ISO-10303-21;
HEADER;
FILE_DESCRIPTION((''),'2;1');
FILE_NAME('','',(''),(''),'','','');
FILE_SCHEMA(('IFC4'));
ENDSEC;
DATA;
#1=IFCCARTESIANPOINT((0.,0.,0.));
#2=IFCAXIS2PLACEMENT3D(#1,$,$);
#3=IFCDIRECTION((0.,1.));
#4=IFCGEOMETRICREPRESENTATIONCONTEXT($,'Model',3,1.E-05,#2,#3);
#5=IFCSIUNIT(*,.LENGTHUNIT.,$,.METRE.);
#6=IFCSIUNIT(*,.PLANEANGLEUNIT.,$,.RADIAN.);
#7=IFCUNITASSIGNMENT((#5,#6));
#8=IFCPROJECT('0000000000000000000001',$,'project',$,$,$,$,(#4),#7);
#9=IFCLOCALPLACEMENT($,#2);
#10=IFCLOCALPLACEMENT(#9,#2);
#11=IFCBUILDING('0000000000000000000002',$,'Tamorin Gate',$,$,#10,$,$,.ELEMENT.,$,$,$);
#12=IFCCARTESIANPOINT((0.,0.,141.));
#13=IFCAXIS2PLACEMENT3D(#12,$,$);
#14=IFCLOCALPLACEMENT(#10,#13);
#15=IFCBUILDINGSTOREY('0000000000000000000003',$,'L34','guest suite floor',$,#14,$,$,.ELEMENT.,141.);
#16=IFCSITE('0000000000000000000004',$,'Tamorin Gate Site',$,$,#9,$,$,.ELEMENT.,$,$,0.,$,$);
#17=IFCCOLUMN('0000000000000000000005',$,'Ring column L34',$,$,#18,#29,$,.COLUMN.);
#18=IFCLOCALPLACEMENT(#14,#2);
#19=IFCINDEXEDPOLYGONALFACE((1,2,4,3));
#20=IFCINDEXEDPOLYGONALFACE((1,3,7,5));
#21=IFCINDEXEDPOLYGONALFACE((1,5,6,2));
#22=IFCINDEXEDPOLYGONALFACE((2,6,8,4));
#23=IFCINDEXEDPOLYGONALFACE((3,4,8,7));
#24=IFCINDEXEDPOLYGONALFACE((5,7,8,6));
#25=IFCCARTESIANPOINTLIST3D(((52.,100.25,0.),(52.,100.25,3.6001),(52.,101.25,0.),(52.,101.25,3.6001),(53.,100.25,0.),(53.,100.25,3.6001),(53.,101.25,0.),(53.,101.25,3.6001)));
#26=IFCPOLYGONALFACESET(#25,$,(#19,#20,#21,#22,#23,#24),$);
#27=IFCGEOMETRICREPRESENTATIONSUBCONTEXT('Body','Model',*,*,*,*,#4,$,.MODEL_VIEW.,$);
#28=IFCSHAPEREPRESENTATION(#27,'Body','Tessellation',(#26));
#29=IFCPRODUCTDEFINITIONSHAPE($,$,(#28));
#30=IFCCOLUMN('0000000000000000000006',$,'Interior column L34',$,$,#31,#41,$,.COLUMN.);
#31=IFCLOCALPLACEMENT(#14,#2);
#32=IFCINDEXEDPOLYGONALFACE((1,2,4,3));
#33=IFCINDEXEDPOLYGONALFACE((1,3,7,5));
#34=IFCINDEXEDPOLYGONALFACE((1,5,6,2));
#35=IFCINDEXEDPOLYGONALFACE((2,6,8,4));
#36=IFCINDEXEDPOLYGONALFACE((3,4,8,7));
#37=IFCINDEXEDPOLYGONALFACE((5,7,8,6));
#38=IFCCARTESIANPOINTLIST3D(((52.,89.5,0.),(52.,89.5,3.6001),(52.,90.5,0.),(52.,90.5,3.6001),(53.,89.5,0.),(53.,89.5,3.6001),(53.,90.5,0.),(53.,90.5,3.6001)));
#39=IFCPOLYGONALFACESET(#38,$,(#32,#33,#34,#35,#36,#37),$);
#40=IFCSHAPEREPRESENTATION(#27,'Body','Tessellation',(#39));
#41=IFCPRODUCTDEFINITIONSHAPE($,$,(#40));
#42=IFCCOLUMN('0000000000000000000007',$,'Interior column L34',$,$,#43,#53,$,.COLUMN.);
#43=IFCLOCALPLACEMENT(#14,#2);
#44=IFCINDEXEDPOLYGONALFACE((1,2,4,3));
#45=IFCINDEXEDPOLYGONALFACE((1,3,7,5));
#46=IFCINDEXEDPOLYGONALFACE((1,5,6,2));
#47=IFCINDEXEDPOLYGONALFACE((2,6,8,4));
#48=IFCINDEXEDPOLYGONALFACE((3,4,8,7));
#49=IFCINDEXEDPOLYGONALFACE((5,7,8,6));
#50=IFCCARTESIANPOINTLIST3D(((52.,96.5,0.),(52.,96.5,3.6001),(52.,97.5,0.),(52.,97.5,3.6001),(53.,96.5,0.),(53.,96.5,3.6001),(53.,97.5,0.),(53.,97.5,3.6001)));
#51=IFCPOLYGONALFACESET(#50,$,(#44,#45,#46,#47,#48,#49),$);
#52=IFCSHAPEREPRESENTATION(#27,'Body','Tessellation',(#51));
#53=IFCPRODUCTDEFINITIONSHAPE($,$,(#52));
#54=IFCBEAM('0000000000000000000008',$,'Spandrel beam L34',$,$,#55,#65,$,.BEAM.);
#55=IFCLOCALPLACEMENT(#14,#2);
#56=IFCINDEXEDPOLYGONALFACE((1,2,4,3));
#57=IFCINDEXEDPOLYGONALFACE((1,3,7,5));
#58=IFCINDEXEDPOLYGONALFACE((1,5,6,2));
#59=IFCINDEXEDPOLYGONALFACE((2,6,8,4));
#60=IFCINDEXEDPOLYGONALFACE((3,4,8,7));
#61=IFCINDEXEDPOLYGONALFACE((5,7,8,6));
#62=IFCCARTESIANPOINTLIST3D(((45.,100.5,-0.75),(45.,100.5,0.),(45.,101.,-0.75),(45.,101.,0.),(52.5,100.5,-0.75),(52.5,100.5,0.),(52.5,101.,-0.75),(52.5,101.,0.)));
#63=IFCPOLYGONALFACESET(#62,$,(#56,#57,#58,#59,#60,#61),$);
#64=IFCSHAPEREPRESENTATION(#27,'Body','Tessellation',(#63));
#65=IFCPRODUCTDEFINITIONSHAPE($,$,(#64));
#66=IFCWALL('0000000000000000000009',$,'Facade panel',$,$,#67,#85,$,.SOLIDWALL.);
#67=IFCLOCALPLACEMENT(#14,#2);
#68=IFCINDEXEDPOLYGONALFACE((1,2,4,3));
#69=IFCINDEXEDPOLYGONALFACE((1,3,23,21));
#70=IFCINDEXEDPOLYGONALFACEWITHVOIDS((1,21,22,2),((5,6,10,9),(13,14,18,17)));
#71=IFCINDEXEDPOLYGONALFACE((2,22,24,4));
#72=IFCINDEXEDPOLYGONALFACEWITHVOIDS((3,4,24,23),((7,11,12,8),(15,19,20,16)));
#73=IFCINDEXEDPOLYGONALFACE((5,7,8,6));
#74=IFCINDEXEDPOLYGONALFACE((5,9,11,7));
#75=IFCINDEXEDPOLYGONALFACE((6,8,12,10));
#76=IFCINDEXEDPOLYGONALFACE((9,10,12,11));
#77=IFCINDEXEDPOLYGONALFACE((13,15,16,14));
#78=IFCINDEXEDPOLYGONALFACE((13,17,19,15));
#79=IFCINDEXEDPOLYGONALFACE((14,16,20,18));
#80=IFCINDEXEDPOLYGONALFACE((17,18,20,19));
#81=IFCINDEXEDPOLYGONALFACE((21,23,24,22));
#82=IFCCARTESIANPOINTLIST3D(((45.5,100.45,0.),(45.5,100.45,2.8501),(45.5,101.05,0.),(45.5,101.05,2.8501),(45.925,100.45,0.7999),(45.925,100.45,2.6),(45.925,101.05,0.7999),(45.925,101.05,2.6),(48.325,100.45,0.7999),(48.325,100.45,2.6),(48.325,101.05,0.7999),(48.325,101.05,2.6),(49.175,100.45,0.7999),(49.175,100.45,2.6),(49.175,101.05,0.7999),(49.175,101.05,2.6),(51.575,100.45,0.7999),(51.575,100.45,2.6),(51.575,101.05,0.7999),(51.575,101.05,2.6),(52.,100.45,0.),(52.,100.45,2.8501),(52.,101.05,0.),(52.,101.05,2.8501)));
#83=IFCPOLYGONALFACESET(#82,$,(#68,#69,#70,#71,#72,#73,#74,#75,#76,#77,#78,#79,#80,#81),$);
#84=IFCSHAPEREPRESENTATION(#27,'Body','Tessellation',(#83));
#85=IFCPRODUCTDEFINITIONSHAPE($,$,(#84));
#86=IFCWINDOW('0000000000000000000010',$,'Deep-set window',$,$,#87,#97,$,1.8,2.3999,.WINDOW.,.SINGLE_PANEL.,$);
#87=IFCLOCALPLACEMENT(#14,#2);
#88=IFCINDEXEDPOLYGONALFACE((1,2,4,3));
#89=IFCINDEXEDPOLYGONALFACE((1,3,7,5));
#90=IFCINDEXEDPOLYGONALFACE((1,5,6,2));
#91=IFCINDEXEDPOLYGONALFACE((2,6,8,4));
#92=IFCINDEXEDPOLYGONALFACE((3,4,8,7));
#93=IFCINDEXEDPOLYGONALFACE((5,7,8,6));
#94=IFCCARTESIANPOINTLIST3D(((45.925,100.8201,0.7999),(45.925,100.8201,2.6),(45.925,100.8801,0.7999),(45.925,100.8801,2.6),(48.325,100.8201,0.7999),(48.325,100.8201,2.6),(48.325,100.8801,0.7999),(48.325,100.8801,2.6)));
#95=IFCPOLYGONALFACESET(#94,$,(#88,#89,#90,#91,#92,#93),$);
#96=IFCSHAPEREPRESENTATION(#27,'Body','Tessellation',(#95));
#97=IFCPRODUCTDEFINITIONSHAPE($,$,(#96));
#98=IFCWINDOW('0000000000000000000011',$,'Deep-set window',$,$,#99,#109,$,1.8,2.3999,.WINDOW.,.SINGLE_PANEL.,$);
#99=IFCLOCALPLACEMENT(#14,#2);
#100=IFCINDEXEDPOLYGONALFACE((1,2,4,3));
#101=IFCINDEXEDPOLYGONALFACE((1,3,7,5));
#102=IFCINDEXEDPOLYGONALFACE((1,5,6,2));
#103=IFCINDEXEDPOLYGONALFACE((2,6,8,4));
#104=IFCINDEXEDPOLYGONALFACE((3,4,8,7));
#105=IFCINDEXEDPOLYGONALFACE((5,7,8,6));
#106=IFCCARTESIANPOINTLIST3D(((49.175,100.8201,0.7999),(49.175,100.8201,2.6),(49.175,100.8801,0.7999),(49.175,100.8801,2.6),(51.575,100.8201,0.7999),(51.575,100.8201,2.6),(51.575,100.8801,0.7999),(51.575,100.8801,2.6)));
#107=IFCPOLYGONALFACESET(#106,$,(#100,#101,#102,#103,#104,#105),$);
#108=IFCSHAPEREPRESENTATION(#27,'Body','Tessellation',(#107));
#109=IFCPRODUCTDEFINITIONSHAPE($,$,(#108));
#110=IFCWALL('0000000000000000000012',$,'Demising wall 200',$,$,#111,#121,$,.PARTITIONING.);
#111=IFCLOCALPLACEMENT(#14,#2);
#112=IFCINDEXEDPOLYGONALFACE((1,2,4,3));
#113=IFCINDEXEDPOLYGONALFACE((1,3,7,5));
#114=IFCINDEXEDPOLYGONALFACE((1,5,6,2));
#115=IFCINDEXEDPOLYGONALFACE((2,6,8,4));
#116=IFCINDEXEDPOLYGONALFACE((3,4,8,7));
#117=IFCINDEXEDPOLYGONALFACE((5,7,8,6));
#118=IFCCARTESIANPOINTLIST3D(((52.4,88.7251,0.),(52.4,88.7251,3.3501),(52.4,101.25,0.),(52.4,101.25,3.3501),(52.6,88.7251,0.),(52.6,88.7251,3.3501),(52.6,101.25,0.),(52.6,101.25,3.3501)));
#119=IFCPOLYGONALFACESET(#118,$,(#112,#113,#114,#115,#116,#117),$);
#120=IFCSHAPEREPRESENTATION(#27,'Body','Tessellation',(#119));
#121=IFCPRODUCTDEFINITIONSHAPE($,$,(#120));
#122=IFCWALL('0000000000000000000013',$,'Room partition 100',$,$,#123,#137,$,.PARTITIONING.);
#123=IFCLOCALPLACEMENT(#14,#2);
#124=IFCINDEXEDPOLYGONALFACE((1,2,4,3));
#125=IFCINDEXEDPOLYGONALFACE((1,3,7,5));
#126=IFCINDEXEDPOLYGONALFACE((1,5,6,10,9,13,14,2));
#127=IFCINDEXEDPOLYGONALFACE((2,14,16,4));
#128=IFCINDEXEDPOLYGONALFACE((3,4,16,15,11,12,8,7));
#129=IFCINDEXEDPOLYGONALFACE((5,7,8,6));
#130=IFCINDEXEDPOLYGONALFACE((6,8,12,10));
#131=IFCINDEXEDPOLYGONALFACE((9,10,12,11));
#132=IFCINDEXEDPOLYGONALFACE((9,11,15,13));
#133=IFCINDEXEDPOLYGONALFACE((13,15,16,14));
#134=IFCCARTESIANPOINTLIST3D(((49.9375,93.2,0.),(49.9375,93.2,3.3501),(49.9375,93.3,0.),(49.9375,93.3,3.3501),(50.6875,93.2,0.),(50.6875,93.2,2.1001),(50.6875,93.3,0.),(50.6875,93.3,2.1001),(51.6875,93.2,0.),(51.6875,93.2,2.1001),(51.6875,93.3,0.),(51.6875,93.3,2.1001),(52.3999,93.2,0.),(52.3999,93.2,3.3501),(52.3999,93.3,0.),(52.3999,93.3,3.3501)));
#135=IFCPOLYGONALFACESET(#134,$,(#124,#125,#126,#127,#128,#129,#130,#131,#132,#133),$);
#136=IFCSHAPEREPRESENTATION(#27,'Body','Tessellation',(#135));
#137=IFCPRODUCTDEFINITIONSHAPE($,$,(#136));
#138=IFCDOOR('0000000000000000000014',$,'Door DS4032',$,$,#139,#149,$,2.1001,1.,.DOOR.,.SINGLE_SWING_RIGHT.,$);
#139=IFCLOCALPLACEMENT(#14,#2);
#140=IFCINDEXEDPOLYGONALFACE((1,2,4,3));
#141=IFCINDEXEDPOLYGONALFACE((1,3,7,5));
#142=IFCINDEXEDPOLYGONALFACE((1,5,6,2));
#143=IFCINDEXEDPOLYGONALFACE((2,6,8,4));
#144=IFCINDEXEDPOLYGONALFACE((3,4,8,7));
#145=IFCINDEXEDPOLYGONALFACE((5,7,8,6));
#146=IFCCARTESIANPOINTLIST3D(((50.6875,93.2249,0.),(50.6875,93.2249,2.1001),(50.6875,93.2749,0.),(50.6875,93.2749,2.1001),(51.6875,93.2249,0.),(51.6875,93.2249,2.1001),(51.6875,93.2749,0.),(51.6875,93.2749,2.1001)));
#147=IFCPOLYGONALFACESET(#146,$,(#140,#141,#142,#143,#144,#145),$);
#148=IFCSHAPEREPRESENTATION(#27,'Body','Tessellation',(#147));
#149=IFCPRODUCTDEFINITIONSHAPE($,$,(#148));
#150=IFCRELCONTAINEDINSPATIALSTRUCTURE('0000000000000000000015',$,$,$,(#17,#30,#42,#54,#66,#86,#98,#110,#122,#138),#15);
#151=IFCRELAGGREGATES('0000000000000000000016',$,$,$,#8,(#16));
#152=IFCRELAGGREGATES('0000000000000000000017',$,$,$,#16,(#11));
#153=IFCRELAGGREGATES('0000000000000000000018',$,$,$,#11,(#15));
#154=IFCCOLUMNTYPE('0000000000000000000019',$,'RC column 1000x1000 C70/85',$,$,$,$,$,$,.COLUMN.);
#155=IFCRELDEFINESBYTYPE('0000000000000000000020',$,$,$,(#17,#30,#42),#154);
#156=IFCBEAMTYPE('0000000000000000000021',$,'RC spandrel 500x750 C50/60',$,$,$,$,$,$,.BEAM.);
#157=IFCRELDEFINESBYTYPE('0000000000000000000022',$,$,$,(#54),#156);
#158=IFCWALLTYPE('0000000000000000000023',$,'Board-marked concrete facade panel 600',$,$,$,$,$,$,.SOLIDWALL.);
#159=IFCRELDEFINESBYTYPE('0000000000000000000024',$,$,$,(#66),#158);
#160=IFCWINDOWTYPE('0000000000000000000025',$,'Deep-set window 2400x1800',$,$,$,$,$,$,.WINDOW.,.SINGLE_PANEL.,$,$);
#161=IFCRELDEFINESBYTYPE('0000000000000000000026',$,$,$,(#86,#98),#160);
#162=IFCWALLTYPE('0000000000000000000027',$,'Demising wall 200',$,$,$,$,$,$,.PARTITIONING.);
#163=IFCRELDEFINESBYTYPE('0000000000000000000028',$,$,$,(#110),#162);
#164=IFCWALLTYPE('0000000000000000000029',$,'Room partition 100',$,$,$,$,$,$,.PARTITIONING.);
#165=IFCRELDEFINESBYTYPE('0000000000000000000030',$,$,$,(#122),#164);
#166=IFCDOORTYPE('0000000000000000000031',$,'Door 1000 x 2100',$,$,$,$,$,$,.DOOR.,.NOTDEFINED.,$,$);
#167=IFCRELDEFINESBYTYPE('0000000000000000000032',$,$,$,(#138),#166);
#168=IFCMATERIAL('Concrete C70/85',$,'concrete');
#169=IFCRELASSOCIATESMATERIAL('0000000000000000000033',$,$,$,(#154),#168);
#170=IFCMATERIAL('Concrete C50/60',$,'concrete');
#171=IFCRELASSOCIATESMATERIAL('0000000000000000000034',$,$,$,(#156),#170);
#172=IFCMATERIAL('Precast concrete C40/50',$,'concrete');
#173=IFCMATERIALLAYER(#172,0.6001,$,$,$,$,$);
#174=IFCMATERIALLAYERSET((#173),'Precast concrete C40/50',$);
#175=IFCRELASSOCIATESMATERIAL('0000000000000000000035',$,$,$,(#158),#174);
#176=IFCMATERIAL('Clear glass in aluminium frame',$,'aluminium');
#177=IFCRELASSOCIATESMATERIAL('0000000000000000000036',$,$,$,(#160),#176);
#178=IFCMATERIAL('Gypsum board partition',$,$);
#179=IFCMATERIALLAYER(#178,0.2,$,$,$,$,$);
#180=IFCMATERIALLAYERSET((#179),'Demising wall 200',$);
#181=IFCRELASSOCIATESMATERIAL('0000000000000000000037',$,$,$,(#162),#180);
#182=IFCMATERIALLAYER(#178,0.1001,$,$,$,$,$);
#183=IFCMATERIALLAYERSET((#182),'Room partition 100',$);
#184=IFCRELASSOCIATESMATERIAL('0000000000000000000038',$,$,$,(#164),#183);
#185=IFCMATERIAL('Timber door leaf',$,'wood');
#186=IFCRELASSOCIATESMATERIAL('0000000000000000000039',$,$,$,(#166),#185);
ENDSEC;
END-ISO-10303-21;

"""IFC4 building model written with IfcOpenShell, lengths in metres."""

from ifc_helpers import new_model, si_unit, direction, frame, frame_2d, origin, origin_2d, place, context, subcontext, project, spatial, rectangle, extrude, material, layer, layer_set, material_profile, profile_set, type_object, element, fill, save


model = new_model("IFC4")

# Units and contexts
model_context = context("Model", 3, precision=1e-05, world=origin(), true_north=direction((0.0, 1.0)))
body_context = subcontext(model_context, "Body", "Model", "MODEL_VIEW")
ifc_project = project(units=[si_unit("LENGTHUNIT", "METRE"), si_unit("PLANEANGLEUNIT", "RADIAN")], contexts=[model_context])

# Site, building, storey
site_placement = place(None, origin())
site = spatial("IfcSite", under=ifc_project, at=site_placement, Name="Tamorin Gate Site", CompositionType="ELEMENT", RefElevation=0.0)
building_placement = place(site_placement, origin())
building = spatial("IfcBuilding", under=site, at=building_placement, Name="Tamorin Gate", CompositionType="ELEMENT")
storey_placement = place(building_placement, frame((0.0, 0.0, 141.0)))
storey = spatial("IfcBuildingStorey", under=building, at=storey_placement, Name="L34", Description="guest suite floor", CompositionType="ELEMENT", Elevation=141.0)

# Columns
ifc_material_1 = material(Name="Concrete C70/85", Category="concrete")
ifc_material_profile_1 = material_profile(ifc_material_1, rectangle(XDim=1.0, YDim=1.0, at=origin_2d()), Name="RC 1000x1000")
ifc_profile_set_1 = profile_set([ifc_material_profile_1], Name="Concrete C70/85")
column_type = type_object("IfcColumnType", Name="RC column 1000x1000 C70/85", PredefinedType="COLUMN", material=ifc_profile_set_1)
for number, where, z_axis, x_axis, name in (
    (1, (52.5, 100.75, 0.0), (0.0, 0.0, 1.0), (1.0, 0.0, 0.0), "Ring column L34"),
    (2, (52.5, 90.0, 0.0), (0.0, 0.0, 1.0), (1.0, 0.0, 0.0), "Interior column L34"),
    (3, (52.5, 97.0, 0.0), (0.0, 0.0, 1.0), (1.0, 0.0, 0.0), "Interior column L34"),
):
    element("IfcColumn", number, at=place(storey_placement, frame(where, z_axis=z_axis, x_axis=x_axis)), inside=storey, type_object=column_type, Name=name, PredefinedType="COLUMN", context=body_context, shape_type="SweptSolid", body=[
        extrude(rectangle(XDim=1.0, YDim=1.0, at=origin_2d()), origin(), (0.0, 0.0, 1.0), 3.6001),
    ])

# Beam
ifc_material_2 = material(Name="Concrete C50/60", Category="concrete")
ifc_material_profile_2 = material_profile(ifc_material_2, rectangle(XDim=0.5, YDim=0.75, at=origin_2d()), Name="RC 500x750")
ifc_profile_set_2 = profile_set([ifc_material_profile_2], Name="Concrete C50/60")
beam_type = type_object("IfcBeamType", Name="RC spandrel 500x750 C50/60", PredefinedType="BEAM", material=ifc_profile_set_2)
beam_placement = place(storey_placement, frame((52.5, 100.75, -0.375), z_axis=(-1.0, 0.0, 0.0), x_axis=(0.0, -1.0, 0.0)))
element("IfcBeam", 4, at=beam_placement, inside=storey, type_object=beam_type, Name="Spandrel beam L34", PredefinedType="BEAM", context=body_context, shape_type="SweptSolid", body=[
    extrude(rectangle(XDim=0.5, YDim=0.75, at=origin_2d()), origin(), (0.0, 0.0, 1.0), 7.5),
])

# Wall, openings, windows
ifc_material_3 = material(Name="Precast concrete C40/50", Category="concrete")
ifc_layer_1 = layer(ifc_material_3, 0.6001)
ifc_layer_set_1 = layer_set([ifc_layer_1], Name="Precast concrete C40/50")
wall_type_1 = type_object("IfcWallType", Name="Board-marked concrete facade panel 600", PredefinedType="SOLIDWALL", material=ifc_layer_set_1)
wall_1_placement = place(storey_placement, frame((52.0, 100.75, 0.0), z_axis=(0.0, 0.0, 1.0), x_axis=(-1.0, 0.0, 0.0)))
wall_1 = element("IfcWall", 5, at=wall_1_placement, inside=storey, type_object=wall_type_1, Name="Facade panel", PredefinedType="SOLIDWALL", context=body_context, shape_type="SweptSolid", body=[
    extrude(rectangle(XDim=6.5, YDim=0.6001, at=frame_2d((3.25, 0.0))), origin(), (0.0, 0.0, 1.0), 2.8501),
])
opening_1_placement = place(wall_1_placement, frame((3.675, 0.0, 0.8)))
opening_1 = element("IfcOpeningElement", 6, at=opening_1_placement, cuts=wall_1, PredefinedType="OPENING", context=body_context, shape_type="SweptSolid", body=[
    extrude(rectangle(XDim=2.3999, YDim=1.8, at=frame_2d((1.2, 0.8999))), frame((0.0, 0.3101, 0.0), z_axis=(0.0, -1.0, 0.0), x_axis=(1.0, 0.0, 0.0)), (0.0, 0.0, 1.0), 0.6201),
])
opening_2_placement = place(wall_1_placement, frame((0.425, 0.0, 0.8)))
opening_2 = element("IfcOpeningElement", 7, at=opening_2_placement, cuts=wall_1, PredefinedType="OPENING", context=body_context, shape_type="SweptSolid", body=[
    extrude(rectangle(XDim=2.3999, YDim=1.8, at=frame_2d((1.2, 0.8999))), frame((0.0, 0.3101, 0.0), z_axis=(0.0, -1.0, 0.0), x_axis=(1.0, 0.0, 0.0)), (0.0, 0.0, 1.0), 0.6201),
])
ifc_material_4 = material(Name="Clear glass in aluminium frame", Category="aluminium")
window_type = type_object("IfcWindowType", Name="Deep-set window 2400x1800", PartitioningType="SINGLE_PANEL", PredefinedType="WINDOW", material=ifc_material_4)
window_1_placement = place(opening_1_placement, origin())
window_1 = element("IfcWindow", 8, at=window_1_placement, inside=storey, type_object=window_type, Name="Deep-set window", OverallHeight=1.8, OverallWidth=2.3999, PartitioningType="SINGLE_PANEL", PredefinedType="WINDOW", context=body_context, shape_type="SweptSolid", body=[
    extrude(rectangle(XDim=2.3999, YDim=1.8, at=frame_2d((1.2, 0.8999))), frame((0.0, -0.0701, 0.0), z_axis=(0.0, -1.0, 0.0), x_axis=(1.0, 0.0, 0.0)), (0.0, 0.0, 1.0), 0.0601),
])
fill(opening_1, window_1)
window_2_placement = place(opening_2_placement, origin())
window_2 = element("IfcWindow", 9, at=window_2_placement, inside=storey, type_object=window_type, Name="Deep-set window", OverallHeight=1.8, OverallWidth=2.3999, PartitioningType="SINGLE_PANEL", PredefinedType="WINDOW", context=body_context, shape_type="SweptSolid", body=[
    extrude(rectangle(XDim=2.3999, YDim=1.8, at=frame_2d((1.2, 0.8999))), frame((0.0, -0.0701, 0.0), z_axis=(0.0, -1.0, 0.0), x_axis=(1.0, 0.0, 0.0)), (0.0, 0.0, 1.0), 0.0601),
])
fill(opening_2, window_2)

# Wall
ifc_material_5 = material(Name="Gypsum board partition")
ifc_layer_2 = layer(ifc_material_5, 0.2)
ifc_layer_set_2 = layer_set([ifc_layer_2], Name="Demising wall 200")
wall_type_2 = type_object("IfcWallType", Name="Demising wall 200", PredefinedType="PARTITIONING", material=ifc_layer_set_2)
wall_2_placement = place(storey_placement, frame((52.5, 88.7251, 0.0), z_axis=(0.0, 0.0, 1.0), x_axis=(0.0, 1.0, 0.0)))
element("IfcWall", 10, at=wall_2_placement, inside=storey, type_object=wall_type_2, Name="Demising wall 200", PredefinedType="PARTITIONING", context=body_context, shape_type="SweptSolid", body=[
    extrude(rectangle(XDim=12.5249, YDim=0.2, at=frame_2d((6.2625, 0.0))), origin(), (0.0, 0.0, 1.0), 3.3501),
])

# Wall, opening, door
ifc_layer_3 = layer(ifc_material_5, 0.1001)
ifc_layer_set_3 = layer_set([ifc_layer_3], Name="Room partition 100")
wall_type_3 = type_object("IfcWallType", Name="Room partition 100", PredefinedType="PARTITIONING", material=ifc_layer_set_3)
wall_3_placement = place(storey_placement, frame((49.9375, 93.25, 0.0), z_axis=(0.0, 0.0, 1.0), x_axis=(1.0, 0.0, 0.0)))
wall_3 = element("IfcWall", 11, at=wall_3_placement, inside=storey, type_object=wall_type_3, Name="Room partition 100", PredefinedType="PARTITIONING", context=body_context, shape_type="SweptSolid", body=[
    extrude(rectangle(XDim=2.4624, YDim=0.1001, at=frame_2d((1.2312, 0.0))), origin(), (0.0, 0.0, 1.0), 3.3501),
])
opening_3_placement = place(wall_3_placement, frame((0.75, 0.0, 0.0)))
opening_3 = element("IfcOpeningElement", 12, at=opening_3_placement, cuts=wall_3, PredefinedType="OPENING", context=body_context, shape_type="SweptSolid", body=[
    extrude(rectangle(XDim=1.0, YDim=2.1001, at=frame_2d((0.5, 1.05))), frame((0.0, 0.0601, 0.0), z_axis=(0.0, -1.0, 0.0), x_axis=(1.0, 0.0, 0.0)), (0.0, 0.0, 1.0), 0.1201),
])
ifc_material_6 = material(Name="Timber door leaf", Category="wood")
door_type_1 = type_object("IfcDoorType", Name="Door 1000 x 2100", OperationType="NOTDEFINED", PredefinedType="DOOR", material=ifc_material_6)
door_1_placement = place(opening_3_placement, origin())
door_1 = element("IfcDoor", 13, at=door_1_placement, inside=storey, type_object=door_type_1, Name="Door DS4032", OperationType="SINGLE_SWING_RIGHT", OverallHeight=2.1001, OverallWidth=1.0, PredefinedType="DOOR", context=body_context, shape_type="SweptSolid", body=[
    extrude(rectangle(XDim=1.0, YDim=2.1001, at=frame_2d((0.5, 1.05))), frame((0.0, 0.0249, 0.0), z_axis=(0.0, -1.0, 0.0), x_axis=(1.0, 0.0, 0.0)), (0.0, 0.0, 1.0), 0.05),
])
fill(opening_3, door_1)

save(model, "model.ifc")
